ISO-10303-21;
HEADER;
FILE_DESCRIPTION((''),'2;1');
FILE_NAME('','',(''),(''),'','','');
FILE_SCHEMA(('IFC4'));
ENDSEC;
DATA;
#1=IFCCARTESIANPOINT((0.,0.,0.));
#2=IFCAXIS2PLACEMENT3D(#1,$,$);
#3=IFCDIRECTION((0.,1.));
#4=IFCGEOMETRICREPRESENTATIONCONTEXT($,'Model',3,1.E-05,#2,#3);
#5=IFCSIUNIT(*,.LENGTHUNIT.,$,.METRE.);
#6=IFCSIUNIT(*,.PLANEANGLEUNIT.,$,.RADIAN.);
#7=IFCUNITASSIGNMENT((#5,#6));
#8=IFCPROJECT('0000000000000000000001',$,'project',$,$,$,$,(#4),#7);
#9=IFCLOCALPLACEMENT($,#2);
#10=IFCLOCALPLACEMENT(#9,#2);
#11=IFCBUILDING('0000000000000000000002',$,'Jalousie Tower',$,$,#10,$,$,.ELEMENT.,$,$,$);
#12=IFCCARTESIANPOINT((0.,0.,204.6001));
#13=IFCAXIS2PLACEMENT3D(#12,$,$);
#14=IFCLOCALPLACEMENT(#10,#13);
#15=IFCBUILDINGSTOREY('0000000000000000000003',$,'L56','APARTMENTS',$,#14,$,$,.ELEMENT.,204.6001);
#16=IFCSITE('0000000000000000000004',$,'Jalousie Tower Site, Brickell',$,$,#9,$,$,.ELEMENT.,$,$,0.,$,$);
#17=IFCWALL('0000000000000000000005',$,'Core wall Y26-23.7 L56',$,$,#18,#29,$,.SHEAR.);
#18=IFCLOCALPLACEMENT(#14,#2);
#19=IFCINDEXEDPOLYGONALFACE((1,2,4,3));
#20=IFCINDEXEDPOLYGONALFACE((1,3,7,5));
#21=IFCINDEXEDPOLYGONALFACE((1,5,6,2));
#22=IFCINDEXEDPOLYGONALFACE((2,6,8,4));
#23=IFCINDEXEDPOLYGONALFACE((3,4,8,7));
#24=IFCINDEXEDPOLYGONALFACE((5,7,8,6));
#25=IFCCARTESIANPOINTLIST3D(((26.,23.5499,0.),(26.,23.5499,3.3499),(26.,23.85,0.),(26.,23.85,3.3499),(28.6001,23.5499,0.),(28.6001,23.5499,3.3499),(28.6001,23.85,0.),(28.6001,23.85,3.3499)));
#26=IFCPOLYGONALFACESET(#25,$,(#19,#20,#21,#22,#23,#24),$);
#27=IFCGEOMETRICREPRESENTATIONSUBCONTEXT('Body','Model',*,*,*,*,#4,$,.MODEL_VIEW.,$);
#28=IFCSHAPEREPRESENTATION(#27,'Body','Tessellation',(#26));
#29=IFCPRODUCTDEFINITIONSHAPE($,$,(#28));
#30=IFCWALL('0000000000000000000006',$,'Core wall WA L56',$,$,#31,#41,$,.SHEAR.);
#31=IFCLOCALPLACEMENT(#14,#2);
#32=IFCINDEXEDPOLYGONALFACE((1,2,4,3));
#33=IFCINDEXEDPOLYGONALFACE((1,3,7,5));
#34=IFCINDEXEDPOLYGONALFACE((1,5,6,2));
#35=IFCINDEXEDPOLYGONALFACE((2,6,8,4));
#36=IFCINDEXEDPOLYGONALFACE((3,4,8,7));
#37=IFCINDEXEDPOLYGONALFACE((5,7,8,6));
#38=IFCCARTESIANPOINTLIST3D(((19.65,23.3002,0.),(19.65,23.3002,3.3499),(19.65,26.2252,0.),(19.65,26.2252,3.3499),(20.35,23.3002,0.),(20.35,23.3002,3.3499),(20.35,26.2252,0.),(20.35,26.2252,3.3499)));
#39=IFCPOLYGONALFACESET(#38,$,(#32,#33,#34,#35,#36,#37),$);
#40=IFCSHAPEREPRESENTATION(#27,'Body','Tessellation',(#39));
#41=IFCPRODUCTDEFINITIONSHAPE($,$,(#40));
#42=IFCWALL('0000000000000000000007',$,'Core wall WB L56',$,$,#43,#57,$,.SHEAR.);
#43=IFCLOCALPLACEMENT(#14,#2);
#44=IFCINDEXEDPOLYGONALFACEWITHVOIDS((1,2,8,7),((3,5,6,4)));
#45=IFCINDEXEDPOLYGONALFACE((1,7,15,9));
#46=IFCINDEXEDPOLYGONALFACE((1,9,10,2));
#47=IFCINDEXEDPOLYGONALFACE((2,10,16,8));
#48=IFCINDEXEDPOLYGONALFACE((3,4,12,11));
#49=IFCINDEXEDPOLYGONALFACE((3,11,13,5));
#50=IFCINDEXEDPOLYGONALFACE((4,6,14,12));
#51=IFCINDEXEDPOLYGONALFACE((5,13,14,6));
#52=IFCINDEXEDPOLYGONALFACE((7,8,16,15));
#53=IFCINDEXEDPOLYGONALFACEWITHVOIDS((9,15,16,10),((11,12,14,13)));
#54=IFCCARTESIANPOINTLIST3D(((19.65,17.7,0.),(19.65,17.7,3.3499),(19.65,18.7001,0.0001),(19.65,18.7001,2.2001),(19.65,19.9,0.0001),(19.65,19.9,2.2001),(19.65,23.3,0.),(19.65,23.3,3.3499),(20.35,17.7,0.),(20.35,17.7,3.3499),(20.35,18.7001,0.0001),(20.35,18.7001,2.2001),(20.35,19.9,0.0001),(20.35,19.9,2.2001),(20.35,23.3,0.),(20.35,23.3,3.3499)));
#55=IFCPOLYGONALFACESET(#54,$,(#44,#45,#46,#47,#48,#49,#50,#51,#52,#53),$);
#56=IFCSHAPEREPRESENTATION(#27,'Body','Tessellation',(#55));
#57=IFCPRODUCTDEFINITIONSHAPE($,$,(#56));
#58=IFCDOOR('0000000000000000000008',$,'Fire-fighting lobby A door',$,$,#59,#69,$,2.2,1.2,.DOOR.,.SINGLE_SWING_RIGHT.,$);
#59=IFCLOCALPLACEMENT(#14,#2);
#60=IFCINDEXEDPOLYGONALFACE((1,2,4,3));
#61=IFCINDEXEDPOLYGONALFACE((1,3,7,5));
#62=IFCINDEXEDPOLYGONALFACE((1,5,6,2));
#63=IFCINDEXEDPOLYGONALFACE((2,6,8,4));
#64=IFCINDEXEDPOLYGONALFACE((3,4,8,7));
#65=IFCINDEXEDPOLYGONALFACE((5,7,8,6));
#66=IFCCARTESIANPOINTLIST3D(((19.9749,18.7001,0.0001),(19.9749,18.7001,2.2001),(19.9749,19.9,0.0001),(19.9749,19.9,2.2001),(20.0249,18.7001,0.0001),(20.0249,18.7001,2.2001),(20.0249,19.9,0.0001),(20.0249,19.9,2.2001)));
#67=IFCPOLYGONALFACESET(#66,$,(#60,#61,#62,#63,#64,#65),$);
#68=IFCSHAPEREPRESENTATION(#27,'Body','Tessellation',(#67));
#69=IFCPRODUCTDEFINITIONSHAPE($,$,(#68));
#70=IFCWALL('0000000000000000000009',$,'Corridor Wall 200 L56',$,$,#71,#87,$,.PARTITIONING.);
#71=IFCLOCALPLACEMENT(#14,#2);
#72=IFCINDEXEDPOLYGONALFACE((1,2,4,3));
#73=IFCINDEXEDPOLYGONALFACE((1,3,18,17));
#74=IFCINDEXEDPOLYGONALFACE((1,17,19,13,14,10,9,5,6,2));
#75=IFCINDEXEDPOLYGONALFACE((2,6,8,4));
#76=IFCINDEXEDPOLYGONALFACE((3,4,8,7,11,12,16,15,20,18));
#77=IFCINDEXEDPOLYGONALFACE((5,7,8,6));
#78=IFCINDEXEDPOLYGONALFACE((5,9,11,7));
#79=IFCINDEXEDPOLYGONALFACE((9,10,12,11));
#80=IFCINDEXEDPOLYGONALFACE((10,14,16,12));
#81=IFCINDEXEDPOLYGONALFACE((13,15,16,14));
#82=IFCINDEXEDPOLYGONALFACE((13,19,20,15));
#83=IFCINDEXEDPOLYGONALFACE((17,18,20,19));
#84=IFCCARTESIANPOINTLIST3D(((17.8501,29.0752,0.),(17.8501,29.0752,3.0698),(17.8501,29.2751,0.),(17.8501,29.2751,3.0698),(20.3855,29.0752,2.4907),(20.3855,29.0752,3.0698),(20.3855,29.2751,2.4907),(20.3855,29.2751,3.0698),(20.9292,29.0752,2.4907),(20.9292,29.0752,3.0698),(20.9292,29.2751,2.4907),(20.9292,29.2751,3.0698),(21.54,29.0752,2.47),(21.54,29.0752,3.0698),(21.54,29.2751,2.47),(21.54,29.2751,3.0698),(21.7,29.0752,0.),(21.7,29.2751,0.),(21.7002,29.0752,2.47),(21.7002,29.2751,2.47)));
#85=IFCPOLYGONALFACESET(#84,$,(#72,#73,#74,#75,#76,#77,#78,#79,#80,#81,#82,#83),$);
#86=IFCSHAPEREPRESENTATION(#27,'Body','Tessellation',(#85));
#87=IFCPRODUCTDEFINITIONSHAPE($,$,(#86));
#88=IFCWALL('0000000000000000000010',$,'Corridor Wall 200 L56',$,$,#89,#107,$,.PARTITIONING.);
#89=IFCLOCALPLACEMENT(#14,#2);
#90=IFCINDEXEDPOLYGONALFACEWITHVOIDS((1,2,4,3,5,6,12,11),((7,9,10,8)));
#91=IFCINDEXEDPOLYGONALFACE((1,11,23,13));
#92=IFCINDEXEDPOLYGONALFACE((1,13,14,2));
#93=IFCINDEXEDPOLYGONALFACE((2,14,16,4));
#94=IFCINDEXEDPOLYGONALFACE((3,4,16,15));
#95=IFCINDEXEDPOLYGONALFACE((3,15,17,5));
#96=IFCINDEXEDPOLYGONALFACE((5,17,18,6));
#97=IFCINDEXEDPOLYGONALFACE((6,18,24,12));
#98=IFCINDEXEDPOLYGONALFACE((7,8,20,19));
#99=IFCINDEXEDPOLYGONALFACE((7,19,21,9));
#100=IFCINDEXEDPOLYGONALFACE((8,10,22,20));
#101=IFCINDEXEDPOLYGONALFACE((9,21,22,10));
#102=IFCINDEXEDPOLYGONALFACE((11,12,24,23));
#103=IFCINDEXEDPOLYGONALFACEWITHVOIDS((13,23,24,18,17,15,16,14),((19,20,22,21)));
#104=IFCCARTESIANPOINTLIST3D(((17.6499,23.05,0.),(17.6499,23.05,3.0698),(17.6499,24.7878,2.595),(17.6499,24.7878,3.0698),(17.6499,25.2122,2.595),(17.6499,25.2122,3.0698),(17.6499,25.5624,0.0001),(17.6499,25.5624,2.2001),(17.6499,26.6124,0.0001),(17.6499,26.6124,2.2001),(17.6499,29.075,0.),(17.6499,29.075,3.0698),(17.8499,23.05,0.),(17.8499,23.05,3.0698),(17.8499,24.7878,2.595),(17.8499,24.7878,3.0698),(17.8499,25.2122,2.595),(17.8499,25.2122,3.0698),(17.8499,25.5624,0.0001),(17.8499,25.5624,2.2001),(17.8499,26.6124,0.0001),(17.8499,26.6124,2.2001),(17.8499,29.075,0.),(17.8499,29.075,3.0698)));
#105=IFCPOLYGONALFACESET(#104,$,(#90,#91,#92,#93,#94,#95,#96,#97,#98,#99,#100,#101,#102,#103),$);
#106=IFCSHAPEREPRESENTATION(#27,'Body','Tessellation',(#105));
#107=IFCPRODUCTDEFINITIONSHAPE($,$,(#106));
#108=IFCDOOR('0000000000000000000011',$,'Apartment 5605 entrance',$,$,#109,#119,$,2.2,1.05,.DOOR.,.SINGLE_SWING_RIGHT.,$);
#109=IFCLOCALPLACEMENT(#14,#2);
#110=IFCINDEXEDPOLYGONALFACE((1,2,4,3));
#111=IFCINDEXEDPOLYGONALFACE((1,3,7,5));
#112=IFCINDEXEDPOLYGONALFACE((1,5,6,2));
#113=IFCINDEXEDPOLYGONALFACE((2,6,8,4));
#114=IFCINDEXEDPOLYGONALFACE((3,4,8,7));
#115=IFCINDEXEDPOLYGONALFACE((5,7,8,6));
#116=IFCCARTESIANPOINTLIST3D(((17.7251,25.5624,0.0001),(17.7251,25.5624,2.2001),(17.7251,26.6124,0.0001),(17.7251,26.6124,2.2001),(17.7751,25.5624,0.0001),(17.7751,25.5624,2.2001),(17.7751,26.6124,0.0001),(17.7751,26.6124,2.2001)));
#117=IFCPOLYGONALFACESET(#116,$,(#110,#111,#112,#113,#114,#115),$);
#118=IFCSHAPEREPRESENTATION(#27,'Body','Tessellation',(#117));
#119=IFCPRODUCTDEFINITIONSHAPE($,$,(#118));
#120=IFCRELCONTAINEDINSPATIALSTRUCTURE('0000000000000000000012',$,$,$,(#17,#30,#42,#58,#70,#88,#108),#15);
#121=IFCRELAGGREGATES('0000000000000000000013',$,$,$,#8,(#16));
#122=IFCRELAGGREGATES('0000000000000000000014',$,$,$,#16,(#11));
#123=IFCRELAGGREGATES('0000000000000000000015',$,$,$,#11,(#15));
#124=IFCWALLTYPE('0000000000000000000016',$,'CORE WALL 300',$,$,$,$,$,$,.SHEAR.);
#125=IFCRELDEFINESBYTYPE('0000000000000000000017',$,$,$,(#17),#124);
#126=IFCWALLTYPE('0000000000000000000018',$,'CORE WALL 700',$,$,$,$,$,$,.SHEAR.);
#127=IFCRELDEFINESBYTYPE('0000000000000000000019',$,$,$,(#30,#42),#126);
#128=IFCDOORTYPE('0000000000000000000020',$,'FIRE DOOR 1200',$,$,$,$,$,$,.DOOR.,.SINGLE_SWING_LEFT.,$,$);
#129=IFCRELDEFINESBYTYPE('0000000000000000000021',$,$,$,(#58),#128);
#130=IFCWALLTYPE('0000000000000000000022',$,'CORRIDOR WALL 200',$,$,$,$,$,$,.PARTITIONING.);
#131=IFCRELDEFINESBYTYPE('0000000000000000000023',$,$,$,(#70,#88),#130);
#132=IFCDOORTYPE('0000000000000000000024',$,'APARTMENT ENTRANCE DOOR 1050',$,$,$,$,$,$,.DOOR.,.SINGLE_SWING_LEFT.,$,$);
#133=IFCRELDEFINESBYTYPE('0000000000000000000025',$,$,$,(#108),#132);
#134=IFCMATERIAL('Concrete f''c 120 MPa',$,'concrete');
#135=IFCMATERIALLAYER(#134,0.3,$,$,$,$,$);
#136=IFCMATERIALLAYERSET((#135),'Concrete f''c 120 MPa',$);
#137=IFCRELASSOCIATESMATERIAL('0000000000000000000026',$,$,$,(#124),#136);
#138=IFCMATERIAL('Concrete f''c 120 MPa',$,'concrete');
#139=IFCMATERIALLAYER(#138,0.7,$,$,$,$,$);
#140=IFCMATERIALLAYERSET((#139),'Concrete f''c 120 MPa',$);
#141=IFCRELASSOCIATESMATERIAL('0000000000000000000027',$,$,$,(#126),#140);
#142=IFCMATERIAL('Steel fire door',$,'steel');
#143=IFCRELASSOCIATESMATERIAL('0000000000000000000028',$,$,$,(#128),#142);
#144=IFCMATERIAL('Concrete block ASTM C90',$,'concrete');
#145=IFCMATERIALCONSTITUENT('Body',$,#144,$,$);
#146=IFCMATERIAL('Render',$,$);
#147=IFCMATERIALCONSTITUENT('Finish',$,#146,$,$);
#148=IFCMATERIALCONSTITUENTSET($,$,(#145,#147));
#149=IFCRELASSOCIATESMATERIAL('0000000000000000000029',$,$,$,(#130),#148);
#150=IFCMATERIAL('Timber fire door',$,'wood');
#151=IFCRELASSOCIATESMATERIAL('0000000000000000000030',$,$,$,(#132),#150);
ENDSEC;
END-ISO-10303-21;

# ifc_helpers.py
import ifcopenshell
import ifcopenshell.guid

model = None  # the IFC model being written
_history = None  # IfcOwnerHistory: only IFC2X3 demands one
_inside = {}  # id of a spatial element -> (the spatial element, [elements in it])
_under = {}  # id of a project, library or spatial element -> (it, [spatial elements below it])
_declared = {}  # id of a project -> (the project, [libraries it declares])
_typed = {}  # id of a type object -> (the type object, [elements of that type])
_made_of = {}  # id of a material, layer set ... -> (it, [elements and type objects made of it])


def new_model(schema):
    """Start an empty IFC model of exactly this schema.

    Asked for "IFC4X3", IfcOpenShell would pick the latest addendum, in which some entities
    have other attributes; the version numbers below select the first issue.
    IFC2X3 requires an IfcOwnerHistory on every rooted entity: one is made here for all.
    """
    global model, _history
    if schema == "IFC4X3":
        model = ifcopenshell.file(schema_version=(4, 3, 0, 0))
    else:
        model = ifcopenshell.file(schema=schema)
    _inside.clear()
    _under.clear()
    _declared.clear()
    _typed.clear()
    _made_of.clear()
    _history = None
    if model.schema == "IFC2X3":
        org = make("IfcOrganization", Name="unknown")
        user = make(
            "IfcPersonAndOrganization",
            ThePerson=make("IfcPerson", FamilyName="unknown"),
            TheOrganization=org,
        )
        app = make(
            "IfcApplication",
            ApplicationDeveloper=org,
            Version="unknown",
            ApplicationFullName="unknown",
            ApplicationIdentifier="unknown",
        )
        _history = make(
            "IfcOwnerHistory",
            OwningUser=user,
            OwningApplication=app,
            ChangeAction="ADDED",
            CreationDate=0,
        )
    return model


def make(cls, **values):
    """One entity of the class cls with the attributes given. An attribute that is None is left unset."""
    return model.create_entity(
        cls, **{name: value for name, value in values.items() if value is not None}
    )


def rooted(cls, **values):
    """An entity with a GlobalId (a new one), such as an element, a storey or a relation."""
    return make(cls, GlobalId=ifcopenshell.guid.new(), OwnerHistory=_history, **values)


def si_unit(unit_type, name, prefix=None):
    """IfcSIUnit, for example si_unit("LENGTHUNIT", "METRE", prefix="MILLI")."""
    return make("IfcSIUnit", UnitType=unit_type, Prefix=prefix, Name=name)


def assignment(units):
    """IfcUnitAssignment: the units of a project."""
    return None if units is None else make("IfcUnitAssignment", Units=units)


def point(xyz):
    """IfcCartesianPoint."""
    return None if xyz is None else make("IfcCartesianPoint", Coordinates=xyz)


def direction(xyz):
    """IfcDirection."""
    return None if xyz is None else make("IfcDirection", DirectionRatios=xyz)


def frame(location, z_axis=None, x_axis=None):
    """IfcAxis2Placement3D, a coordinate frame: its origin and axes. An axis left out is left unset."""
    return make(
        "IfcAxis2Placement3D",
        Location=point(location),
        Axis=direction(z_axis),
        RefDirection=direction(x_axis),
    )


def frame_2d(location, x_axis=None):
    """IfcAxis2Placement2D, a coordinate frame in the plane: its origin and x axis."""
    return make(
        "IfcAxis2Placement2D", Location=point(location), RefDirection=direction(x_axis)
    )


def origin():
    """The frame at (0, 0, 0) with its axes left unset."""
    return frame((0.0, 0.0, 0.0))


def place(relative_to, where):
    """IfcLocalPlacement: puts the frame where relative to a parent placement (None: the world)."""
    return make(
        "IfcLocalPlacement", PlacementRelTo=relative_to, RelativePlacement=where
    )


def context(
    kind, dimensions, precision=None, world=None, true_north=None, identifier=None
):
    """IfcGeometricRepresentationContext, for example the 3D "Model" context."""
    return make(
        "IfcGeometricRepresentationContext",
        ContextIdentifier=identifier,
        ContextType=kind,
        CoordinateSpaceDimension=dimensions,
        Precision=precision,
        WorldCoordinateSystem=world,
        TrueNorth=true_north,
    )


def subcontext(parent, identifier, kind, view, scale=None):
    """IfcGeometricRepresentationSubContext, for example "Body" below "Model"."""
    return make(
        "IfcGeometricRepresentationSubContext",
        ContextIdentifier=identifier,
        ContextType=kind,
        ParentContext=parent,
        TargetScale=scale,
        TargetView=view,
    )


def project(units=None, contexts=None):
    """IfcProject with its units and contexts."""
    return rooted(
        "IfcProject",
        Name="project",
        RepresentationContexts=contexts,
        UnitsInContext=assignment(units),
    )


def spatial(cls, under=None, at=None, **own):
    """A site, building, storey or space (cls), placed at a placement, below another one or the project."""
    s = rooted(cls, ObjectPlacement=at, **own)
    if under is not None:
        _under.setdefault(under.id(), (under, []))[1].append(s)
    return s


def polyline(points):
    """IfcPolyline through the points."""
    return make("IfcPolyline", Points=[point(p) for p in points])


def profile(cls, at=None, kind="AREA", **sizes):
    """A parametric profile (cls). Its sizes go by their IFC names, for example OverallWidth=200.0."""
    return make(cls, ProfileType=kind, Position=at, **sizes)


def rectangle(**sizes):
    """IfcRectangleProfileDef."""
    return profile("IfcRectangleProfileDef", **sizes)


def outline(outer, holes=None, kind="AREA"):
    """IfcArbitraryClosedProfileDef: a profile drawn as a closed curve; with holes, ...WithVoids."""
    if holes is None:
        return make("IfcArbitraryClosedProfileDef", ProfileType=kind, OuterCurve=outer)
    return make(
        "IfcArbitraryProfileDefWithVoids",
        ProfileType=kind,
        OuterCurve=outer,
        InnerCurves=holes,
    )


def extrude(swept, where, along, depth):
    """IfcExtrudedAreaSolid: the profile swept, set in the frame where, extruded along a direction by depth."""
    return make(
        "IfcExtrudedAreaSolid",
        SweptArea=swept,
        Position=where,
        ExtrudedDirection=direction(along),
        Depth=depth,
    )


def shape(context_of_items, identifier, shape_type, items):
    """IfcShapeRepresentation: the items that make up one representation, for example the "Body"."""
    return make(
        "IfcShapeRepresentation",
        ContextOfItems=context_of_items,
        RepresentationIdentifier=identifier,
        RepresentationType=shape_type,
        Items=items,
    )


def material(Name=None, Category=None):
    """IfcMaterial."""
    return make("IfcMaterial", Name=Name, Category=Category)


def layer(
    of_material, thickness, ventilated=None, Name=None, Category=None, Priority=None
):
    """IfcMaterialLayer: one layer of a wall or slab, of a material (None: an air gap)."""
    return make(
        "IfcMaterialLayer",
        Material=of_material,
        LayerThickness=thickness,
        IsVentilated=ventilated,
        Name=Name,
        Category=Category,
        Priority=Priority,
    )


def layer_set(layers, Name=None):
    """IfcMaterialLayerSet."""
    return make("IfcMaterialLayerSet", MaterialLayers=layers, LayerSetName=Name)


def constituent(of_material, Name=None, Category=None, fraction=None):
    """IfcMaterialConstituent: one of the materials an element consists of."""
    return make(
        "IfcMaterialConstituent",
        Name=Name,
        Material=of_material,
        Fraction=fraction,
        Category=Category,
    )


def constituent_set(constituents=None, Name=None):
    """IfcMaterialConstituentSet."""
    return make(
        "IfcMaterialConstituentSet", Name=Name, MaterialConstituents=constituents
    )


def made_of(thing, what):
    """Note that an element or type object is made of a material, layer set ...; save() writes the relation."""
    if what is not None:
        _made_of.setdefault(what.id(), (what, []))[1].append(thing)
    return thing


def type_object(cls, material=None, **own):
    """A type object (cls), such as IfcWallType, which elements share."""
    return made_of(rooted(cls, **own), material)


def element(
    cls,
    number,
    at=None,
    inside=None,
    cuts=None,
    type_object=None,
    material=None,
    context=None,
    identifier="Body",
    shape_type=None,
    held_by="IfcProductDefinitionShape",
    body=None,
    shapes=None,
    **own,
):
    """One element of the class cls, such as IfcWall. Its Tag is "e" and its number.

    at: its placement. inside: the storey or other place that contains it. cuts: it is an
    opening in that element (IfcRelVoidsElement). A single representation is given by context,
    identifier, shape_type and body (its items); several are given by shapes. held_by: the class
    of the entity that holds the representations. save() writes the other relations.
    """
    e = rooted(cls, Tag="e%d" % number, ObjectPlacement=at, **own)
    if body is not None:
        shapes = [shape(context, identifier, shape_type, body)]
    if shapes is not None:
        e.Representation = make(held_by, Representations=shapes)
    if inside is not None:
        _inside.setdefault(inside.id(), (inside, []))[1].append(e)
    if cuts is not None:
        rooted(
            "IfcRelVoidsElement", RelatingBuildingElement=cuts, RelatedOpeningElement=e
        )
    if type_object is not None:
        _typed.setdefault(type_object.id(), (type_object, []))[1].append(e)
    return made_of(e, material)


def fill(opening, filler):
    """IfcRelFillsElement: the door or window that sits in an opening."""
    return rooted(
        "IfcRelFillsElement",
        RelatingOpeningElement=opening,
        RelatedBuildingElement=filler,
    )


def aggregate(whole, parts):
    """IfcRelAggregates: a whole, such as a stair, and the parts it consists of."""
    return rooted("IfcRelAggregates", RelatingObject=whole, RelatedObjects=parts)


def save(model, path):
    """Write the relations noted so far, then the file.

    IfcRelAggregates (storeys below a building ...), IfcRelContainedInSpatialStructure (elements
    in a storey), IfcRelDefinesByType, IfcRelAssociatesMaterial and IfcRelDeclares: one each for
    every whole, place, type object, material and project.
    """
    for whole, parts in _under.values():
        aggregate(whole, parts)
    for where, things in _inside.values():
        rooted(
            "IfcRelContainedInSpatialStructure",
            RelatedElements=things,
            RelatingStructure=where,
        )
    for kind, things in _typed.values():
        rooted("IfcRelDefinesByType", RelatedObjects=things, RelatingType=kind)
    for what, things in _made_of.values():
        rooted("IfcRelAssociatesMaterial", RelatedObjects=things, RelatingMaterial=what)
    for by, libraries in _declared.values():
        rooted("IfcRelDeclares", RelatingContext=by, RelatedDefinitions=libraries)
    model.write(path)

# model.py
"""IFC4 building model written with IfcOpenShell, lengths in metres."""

from ifc_helpers import new_model, si_unit, direction, frame, frame_2d, origin, place, context, subcontext, project, spatial, polyline, rectangle, outline, extrude, material, layer, layer_set, constituent, constituent_set, type_object, element, fill, save


model = new_model("IFC4")

# Units and contexts
model_context = context("Model", 3, precision=1e-05, world=origin(), true_north=direction((0.0, 1.0)))
body_context = subcontext(model_context, "Body", "Model", "MODEL_VIEW")
ifc_project = project(units=[si_unit("LENGTHUNIT", "METRE"), si_unit("PLANEANGLEUNIT", "RADIAN")], contexts=[model_context])

# Site, building, storey
site_placement = place(None, origin())
site = spatial("IfcSite", under=ifc_project, at=site_placement, Name="Jalousie Tower Site, Brickell", CompositionType="ELEMENT", RefElevation=0.0)
building_placement = place(site_placement, origin())
building = spatial("IfcBuilding", under=site, at=building_placement, Name="Jalousie Tower", CompositionType="ELEMENT")
storey_placement = place(building_placement, frame((0.0, 0.0, 204.6001)))
storey = spatial("IfcBuildingStorey", under=building, at=storey_placement, Name="L56", Description="APARTMENTS", CompositionType="ELEMENT", Elevation=204.6001)

# Shared definitions
ifc_material_1 = material(Name="Concrete f'c 120 MPa", Category="concrete")
ifc_layer_1 = layer(ifc_material_1, 0.3)
ifc_layer_set_1 = layer_set([ifc_layer_1], Name="Concrete f'c 120 MPa")
wall_type_1 = type_object("IfcWallType", Name="CORE WALL 300", PredefinedType="SHEAR", material=ifc_layer_set_1)

# Walls
wall_1_placement = place(storey_placement, frame((26.0, 23.7, 0.0), z_axis=(0.0, 0.0, 1.0), x_axis=(1.0, 0.0, 0.0)))
element("IfcWall", 1, at=wall_1_placement, inside=storey, type_object=wall_type_1, Name="Core wall Y26-23.7 L56", PredefinedType="SHEAR", context=body_context, shape_type="SweptSolid", body=[
    extrude(rectangle(XDim=2.6001, YDim=0.3, at=frame_2d((1.3, 0.0))), origin(), (0.0, 0.0, 1.0), 3.3499),
])
ifc_material_2 = material(Name="Concrete f'c 120 MPa", Category="concrete")
ifc_layer_2 = layer(ifc_material_2, 0.7)
ifc_layer_set_2 = layer_set([ifc_layer_2], Name="Concrete f'c 120 MPa")
wall_type_2 = type_object("IfcWallType", Name="CORE WALL 700", PredefinedType="SHEAR", material=ifc_layer_set_2)
wall_2_placement = place(storey_placement, frame((20.0, 26.2251, 0.0), z_axis=(0.0, 0.0, 1.0), x_axis=(0.0, -1.0, 0.0)))
element("IfcWall", 2, at=wall_2_placement, inside=storey, type_object=wall_type_2, Name="Core wall WA L56", PredefinedType="SHEAR", context=body_context, shape_type="SweptSolid", body=[
    extrude(rectangle(XDim=2.925, YDim=0.7, at=frame_2d((1.4624, 0.0))), origin(), (0.0, 0.0, 1.0), 3.3499),
])

# Wall, opening, door
wall_3_placement = place(storey_placement, frame((20.0, 23.3, 0.0), z_axis=(0.0, 0.0, 1.0), x_axis=(0.0, -1.0, 0.0)))
wall_3 = element("IfcWall", 3, at=wall_3_placement, inside=storey, type_object=wall_type_2, Name="Core wall WB L56", PredefinedType="SHEAR", context=body_context, shape_type="SweptSolid", body=[
    extrude(rectangle(XDim=5.6001, YDim=0.7, at=frame_2d((2.8, 0.0))), origin(), (0.0, 0.0, 1.0), 3.3499),
])
opening_1_placement = place(wall_3_placement, frame((3.3999, 0.0, 0.0)))
opening_1 = element("IfcOpeningElement", 4, at=opening_1_placement, cuts=wall_3, PredefinedType="OPENING", context=body_context, shape_type="SweptSolid", body=[
    extrude(rectangle(XDim=1.2, YDim=2.2, at=frame_2d((0.6001, 1.1001))), frame((0.0, 0.3599, 0.0), z_axis=(0.0, -1.0, 0.0), x_axis=(1.0, 0.0, 0.0)), (0.0, 0.0, 1.0), 0.72),
])
ifc_material_3 = material(Name="Steel fire door", Category="steel")
door_type_1 = type_object("IfcDoorType", Name="FIRE DOOR 1200", OperationType="SINGLE_SWING_LEFT", PredefinedType="DOOR", material=ifc_material_3)
door_1_placement = place(opening_1_placement, origin())
door_1 = element("IfcDoor", 5, at=door_1_placement, inside=storey, type_object=door_type_1, Name="Fire-fighting lobby A door", OperationType="SINGLE_SWING_RIGHT", OverallHeight=2.2, OverallWidth=1.2, PredefinedType="DOOR", context=body_context, shape_type="SweptSolid", body=[
    extrude(rectangle(XDim=1.2, YDim=2.2, at=frame_2d((0.6001, 1.1001))), frame((0.0, 0.0249, 0.0), z_axis=(0.0, -1.0, 0.0), x_axis=(1.0, 0.0, 0.0)), (0.0, 0.0, 1.0), 0.05),
])
fill(opening_1, door_1)

# Wall
ifc_material_4 = material(Name="Concrete block ASTM C90", Category="concrete")
ifc_constituent_1 = constituent(ifc_material_4, Name="Body")
ifc_material_5 = material(Name="Render")
ifc_constituent_2 = constituent(ifc_material_5, Name="Finish")
ifc_constituent_set_1 = constituent_set(constituents=[ifc_constituent_1, ifc_constituent_2])
wall_type_3 = type_object("IfcWallType", Name="CORRIDOR WALL 200", PredefinedType="PARTITIONING", material=ifc_constituent_set_1)
wall_4_placement = place(storey_placement, frame((17.8501, 29.175, 0.0), z_axis=(0.0, 0.0, 1.0), x_axis=(1.0, 0.0, 0.0)))
element("IfcWall", 6, at=wall_4_placement, inside=storey, type_object=wall_type_3, Name="Corridor Wall 200 L56", PredefinedType="PARTITIONING", context=body_context, shape_type="SweptSolid", body=[
    extrude(outline(polyline([(0.0, 0.0), (3.8499, 0.0), (3.8501, 2.47), (3.6899, 2.47), (3.6899, 3.0698), (3.0791, 3.0698), (3.0791, 2.4907), (2.5354, 2.4907), (2.5354, 3.0698), (0.0, 3.0698), (0.0, 0.0)])), frame((0.0, 0.1001, 0.0), z_axis=(0.0, -1.0, 0.0), x_axis=(1.0, 0.0, 0.0)), (0.0, 0.0, 1.0), 0.2),
])

# Wall, opening, door
wall_5_placement = place(storey_placement, frame((17.75, 23.05, 0.0), z_axis=(0.0, 0.0, 1.0), x_axis=(0.0, 1.0, 0.0)))
wall_5 = element("IfcWall", 7, at=wall_5_placement, inside=storey, type_object=wall_type_3, Name="Corridor Wall 200 L56", PredefinedType="PARTITIONING", context=body_context, shape_type="SweptSolid", body=[
    extrude(outline(polyline([(0.0, 0.0), (6.0249, 0.0), (6.0249, 3.0698), (2.1621, 3.0698), (2.1621, 2.595), (1.7378, 2.595), (1.7378, 3.0698), (0.0, 3.0698), (0.0, 0.0)])), frame((0.0, 0.1001, 0.0), z_axis=(0.0, -1.0, 0.0), x_axis=(1.0, 0.0, 0.0)), (0.0, 0.0, 1.0), 0.2),
])
opening_2_placement = place(wall_5_placement, frame((2.5125, 0.0, 0.0)))
opening_2 = element("IfcOpeningElement", 8, at=opening_2_placement, cuts=wall_5, PredefinedType="OPENING", context=body_context, shape_type="SweptSolid", body=[
    extrude(rectangle(XDim=1.05, YDim=2.2, at=frame_2d((0.5249, 1.1001))), frame((0.0, 0.1099, 0.0), z_axis=(0.0, -1.0, 0.0), x_axis=(1.0, 0.0, 0.0)), (0.0, 0.0, 1.0), 0.22),
])
ifc_material_6 = material(Name="Timber fire door", Category="wood")
door_type_2 = type_object("IfcDoorType", Name="APARTMENT ENTRANCE DOOR 1050", OperationType="SINGLE_SWING_LEFT", PredefinedType="DOOR", material=ifc_material_6)
door_2_placement = place(opening_2_placement, origin())
door_2 = element("IfcDoor", 9, at=door_2_placement, inside=storey, type_object=door_type_2, Name="Apartment 5605 entrance", OperationType="SINGLE_SWING_RIGHT", OverallHeight=2.2, OverallWidth=1.05, PredefinedType="DOOR", context=body_context, shape_type="SweptSolid", body=[
    extrude(rectangle(XDim=1.05, YDim=2.2, at=frame_2d((0.5249, 1.1001))), frame((0.0, 0.0249, 0.0), z_axis=(0.0, -1.0, 0.0), x_axis=(1.0, 0.0, 0.0)), (0.0, 0.0, 1.0), 0.05),
])
fill(opening_2, door_2)

save(model, "model.ifc")
